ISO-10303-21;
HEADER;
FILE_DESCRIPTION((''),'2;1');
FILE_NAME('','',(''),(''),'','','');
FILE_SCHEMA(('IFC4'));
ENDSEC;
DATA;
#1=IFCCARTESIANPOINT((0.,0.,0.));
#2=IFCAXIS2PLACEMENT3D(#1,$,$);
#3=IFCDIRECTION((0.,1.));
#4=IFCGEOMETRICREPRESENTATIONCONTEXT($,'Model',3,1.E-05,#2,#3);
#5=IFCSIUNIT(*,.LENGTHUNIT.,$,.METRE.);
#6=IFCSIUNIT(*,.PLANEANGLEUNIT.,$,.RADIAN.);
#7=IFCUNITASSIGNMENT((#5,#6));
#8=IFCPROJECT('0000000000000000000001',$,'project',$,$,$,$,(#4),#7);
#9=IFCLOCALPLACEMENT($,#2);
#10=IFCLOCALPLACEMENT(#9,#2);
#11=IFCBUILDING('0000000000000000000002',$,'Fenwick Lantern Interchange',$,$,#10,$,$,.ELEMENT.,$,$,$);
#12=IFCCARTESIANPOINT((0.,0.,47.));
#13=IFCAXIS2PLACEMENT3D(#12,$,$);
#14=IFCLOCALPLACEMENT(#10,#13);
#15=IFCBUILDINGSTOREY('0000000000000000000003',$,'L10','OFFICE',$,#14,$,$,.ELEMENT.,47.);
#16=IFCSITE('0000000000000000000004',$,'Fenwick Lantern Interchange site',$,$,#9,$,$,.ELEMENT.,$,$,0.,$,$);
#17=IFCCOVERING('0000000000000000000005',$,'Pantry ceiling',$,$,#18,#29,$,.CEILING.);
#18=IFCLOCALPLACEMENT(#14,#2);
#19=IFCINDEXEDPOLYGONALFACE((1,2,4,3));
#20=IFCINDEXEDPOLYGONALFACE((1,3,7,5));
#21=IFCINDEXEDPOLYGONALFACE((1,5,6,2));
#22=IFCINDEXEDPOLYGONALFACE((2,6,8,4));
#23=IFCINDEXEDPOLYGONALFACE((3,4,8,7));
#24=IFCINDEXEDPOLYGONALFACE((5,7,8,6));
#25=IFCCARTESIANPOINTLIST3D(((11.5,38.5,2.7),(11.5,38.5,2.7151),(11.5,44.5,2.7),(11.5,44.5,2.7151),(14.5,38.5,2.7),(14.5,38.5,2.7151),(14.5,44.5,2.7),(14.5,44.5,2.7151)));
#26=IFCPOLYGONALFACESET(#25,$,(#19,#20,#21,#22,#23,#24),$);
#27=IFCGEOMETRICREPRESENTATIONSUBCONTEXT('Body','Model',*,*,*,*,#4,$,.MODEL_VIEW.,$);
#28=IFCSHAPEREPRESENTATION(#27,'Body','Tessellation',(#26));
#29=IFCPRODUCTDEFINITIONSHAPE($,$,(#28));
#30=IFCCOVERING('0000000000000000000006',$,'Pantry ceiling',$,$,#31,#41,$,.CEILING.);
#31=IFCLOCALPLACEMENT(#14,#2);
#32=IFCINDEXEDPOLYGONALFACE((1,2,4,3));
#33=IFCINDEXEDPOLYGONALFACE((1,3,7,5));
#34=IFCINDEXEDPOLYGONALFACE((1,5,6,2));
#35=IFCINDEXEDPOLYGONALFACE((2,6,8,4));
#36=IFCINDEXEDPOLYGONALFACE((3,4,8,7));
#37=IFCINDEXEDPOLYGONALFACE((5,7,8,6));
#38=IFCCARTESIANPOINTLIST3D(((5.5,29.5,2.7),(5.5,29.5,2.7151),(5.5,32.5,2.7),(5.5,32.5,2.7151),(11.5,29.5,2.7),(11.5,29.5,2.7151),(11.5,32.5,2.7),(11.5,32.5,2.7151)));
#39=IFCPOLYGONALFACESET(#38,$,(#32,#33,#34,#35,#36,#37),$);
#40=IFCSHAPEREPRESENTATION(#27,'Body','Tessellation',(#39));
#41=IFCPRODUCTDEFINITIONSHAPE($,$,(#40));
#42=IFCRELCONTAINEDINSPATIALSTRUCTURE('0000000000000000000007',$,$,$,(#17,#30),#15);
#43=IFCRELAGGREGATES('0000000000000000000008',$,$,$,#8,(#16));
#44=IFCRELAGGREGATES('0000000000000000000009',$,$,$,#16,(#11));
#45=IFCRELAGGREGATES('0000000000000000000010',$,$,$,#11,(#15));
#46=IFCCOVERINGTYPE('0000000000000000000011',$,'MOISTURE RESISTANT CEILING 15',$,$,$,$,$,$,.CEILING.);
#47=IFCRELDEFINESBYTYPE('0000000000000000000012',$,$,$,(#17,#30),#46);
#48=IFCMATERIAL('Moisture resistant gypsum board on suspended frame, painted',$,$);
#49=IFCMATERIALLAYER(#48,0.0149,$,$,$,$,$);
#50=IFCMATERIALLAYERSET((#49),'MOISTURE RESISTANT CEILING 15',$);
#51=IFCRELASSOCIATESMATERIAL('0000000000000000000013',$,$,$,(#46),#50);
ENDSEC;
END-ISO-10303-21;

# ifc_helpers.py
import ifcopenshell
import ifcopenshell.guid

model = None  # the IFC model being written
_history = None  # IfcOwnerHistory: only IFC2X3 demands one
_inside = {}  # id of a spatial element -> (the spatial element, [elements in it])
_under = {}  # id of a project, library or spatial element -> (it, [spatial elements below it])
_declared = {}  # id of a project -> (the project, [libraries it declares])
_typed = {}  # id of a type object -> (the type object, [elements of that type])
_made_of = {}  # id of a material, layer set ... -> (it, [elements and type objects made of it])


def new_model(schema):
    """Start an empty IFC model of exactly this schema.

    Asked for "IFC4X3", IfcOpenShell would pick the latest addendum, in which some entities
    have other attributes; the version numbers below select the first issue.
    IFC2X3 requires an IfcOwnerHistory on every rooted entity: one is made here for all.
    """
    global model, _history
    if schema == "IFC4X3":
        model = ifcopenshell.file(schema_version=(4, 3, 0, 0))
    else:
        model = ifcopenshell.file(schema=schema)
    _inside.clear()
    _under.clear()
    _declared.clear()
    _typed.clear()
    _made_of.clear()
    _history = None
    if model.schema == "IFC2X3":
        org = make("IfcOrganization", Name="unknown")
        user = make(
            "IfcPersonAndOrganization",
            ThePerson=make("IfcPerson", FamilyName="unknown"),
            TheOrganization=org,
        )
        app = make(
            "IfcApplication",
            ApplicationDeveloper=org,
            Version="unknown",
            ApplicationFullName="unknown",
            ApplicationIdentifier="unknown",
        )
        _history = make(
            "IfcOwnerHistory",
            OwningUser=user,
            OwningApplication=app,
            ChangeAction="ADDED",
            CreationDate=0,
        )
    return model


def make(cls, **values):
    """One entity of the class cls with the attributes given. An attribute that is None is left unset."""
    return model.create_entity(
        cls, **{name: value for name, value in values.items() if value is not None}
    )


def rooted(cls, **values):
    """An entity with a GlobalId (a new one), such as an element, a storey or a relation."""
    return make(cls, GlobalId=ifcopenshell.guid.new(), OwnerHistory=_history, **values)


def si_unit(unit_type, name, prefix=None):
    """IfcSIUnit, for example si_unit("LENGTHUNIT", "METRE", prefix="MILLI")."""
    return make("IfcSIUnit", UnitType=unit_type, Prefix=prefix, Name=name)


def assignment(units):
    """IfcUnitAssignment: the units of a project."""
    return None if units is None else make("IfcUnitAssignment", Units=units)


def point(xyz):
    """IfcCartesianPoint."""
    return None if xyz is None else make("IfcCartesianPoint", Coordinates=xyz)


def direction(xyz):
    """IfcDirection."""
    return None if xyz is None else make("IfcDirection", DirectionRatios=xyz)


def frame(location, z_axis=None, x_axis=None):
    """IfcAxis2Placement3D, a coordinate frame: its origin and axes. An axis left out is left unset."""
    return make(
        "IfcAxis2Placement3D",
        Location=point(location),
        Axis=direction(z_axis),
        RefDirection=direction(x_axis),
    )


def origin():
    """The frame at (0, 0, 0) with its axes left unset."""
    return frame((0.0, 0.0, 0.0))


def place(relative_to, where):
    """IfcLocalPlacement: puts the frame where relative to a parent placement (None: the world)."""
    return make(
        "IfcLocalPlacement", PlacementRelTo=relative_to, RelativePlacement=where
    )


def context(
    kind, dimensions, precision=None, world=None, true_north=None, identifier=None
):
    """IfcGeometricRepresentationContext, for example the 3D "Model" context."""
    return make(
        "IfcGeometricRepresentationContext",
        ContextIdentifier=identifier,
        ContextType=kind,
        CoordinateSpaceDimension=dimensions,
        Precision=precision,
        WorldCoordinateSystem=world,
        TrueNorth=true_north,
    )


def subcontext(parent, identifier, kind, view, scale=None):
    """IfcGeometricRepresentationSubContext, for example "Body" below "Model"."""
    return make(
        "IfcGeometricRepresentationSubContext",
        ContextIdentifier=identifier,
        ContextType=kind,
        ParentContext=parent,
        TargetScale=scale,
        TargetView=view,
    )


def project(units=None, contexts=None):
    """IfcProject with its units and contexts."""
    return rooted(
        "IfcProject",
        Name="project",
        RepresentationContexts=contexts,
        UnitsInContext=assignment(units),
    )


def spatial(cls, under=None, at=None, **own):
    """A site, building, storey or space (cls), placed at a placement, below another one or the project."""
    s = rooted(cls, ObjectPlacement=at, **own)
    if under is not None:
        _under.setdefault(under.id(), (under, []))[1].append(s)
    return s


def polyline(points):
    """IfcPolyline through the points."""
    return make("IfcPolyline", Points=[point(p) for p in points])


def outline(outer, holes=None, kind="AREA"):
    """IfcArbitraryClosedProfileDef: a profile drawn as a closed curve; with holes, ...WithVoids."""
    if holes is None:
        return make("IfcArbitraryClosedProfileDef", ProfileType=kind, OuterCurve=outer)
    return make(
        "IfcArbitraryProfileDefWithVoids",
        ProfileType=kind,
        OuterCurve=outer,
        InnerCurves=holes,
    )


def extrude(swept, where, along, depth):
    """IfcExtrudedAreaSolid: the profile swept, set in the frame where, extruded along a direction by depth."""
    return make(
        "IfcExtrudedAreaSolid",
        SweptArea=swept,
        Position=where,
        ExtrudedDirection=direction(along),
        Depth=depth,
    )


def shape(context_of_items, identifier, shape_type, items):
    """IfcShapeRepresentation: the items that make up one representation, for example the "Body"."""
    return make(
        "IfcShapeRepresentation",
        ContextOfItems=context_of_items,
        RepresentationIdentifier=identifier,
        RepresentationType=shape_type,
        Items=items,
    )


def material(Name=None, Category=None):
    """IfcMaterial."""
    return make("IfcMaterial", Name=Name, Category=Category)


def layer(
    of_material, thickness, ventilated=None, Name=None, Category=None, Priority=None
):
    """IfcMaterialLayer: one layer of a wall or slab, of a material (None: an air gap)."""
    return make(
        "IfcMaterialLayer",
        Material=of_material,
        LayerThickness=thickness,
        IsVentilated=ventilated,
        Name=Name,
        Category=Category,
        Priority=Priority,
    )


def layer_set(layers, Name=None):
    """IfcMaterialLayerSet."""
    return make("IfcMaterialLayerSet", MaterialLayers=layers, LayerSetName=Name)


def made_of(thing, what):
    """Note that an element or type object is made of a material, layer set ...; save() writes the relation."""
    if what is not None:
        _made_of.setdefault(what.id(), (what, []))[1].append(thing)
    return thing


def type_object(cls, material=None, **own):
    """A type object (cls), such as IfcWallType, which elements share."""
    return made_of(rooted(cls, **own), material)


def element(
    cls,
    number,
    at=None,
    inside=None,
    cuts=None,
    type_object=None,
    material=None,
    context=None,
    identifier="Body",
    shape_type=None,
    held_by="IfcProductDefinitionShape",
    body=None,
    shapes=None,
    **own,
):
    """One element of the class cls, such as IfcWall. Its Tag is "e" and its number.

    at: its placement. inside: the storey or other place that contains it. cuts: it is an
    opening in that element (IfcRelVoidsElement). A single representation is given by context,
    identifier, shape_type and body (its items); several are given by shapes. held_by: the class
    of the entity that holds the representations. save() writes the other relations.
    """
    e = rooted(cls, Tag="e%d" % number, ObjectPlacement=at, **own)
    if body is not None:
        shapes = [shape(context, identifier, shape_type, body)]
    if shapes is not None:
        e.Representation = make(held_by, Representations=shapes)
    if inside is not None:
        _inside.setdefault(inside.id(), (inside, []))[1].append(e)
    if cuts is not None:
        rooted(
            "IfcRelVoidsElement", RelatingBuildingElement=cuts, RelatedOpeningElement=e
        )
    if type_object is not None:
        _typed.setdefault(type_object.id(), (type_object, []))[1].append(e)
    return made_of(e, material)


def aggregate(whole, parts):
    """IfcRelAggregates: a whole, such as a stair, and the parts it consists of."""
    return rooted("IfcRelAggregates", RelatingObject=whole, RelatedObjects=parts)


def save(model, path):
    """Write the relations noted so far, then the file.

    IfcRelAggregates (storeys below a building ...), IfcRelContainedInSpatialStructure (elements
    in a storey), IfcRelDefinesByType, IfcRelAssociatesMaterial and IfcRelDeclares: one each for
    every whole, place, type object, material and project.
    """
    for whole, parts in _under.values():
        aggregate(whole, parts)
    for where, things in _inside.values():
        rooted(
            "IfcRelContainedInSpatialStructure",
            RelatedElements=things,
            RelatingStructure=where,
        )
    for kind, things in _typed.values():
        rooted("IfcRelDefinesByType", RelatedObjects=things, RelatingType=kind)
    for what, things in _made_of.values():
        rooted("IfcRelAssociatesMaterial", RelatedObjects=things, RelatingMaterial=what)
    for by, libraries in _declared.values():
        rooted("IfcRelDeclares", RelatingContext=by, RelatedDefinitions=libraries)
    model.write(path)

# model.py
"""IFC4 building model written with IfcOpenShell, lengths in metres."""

from ifc_helpers import new_model, si_unit, direction, frame, origin, place, context, subcontext, project, spatial, polyline, outline, extrude, material, layer, layer_set, type_object, element, save


model = new_model("IFC4")

# Units and contexts
model_context = context("Model", 3, precision=1e-05, world=origin(), true_north=direction((0.0, 1.0)))
body_context = subcontext(model_context, "Body", "Model", "MODEL_VIEW")
ifc_project = project(units=[si_unit("LENGTHUNIT", "METRE"), si_unit("PLANEANGLEUNIT", "RADIAN")], contexts=[model_context])

# Site, building, storey
site_placement = place(None, origin())
site = spatial("IfcSite", under=ifc_project, at=site_placement, Name="Fenwick Lantern Interchange site", CompositionType="ELEMENT", RefElevation=0.0)
building_placement = place(site_placement, origin())
building = spatial("IfcBuilding", under=site, at=building_placement, Name="Fenwick Lantern Interchange", CompositionType="ELEMENT")
storey_placement = place(building_placement, frame((0.0, 0.0, 47.0)))
storey = spatial("IfcBuildingStorey", under=building, at=storey_placement, Name="L10", Description="OFFICE", CompositionType="ELEMENT", Elevation=47.0)

# Coverings
ifc_material_1 = material(Name="Moisture resistant gypsum board on suspended frame, painted")
ifc_layer_1 = layer(ifc_material_1, 0.0149)
ifc_layer_set_1 = layer_set([ifc_layer_1], Name="MOISTURE RESISTANT CEILING 15")
covering_type_1 = type_object("IfcCoveringType", Name="MOISTURE RESISTANT CEILING 15", PredefinedType="CEILING", material=ifc_layer_set_1)
covering_1_placement = place(storey_placement, frame((0.0, 0.0, 2.7)))
element("IfcCovering", 1, at=covering_1_placement, inside=storey, type_object=covering_type_1, Name="Pantry ceiling", PredefinedType="CEILING", context=body_context, shape_type="SweptSolid", body=[
    extrude(outline(polyline([(14.5, 44.5), (11.5, 44.5), (11.5, 38.5), (14.5, 38.5), (14.5, 44.5)])), origin(), (0.0, 0.0, 1.0), 0.0151),
])
covering_2_placement = place(storey_placement, frame((0.0, 0.0, 2.7)))
element("IfcCovering", 2, at=covering_2_placement, inside=storey, type_object=covering_type_1, Name="Pantry ceiling", PredefinedType="CEILING", context=body_context, shape_type="SweptSolid", body=[
    extrude(outline(polyline([(5.5, 32.5), (5.5, 29.5), (11.5, 29.5), (11.5, 32.5), (5.5, 32.5)])), origin(), (0.0, 0.0, 1.0), 0.0151),
])

save(model, "model.ifc")
